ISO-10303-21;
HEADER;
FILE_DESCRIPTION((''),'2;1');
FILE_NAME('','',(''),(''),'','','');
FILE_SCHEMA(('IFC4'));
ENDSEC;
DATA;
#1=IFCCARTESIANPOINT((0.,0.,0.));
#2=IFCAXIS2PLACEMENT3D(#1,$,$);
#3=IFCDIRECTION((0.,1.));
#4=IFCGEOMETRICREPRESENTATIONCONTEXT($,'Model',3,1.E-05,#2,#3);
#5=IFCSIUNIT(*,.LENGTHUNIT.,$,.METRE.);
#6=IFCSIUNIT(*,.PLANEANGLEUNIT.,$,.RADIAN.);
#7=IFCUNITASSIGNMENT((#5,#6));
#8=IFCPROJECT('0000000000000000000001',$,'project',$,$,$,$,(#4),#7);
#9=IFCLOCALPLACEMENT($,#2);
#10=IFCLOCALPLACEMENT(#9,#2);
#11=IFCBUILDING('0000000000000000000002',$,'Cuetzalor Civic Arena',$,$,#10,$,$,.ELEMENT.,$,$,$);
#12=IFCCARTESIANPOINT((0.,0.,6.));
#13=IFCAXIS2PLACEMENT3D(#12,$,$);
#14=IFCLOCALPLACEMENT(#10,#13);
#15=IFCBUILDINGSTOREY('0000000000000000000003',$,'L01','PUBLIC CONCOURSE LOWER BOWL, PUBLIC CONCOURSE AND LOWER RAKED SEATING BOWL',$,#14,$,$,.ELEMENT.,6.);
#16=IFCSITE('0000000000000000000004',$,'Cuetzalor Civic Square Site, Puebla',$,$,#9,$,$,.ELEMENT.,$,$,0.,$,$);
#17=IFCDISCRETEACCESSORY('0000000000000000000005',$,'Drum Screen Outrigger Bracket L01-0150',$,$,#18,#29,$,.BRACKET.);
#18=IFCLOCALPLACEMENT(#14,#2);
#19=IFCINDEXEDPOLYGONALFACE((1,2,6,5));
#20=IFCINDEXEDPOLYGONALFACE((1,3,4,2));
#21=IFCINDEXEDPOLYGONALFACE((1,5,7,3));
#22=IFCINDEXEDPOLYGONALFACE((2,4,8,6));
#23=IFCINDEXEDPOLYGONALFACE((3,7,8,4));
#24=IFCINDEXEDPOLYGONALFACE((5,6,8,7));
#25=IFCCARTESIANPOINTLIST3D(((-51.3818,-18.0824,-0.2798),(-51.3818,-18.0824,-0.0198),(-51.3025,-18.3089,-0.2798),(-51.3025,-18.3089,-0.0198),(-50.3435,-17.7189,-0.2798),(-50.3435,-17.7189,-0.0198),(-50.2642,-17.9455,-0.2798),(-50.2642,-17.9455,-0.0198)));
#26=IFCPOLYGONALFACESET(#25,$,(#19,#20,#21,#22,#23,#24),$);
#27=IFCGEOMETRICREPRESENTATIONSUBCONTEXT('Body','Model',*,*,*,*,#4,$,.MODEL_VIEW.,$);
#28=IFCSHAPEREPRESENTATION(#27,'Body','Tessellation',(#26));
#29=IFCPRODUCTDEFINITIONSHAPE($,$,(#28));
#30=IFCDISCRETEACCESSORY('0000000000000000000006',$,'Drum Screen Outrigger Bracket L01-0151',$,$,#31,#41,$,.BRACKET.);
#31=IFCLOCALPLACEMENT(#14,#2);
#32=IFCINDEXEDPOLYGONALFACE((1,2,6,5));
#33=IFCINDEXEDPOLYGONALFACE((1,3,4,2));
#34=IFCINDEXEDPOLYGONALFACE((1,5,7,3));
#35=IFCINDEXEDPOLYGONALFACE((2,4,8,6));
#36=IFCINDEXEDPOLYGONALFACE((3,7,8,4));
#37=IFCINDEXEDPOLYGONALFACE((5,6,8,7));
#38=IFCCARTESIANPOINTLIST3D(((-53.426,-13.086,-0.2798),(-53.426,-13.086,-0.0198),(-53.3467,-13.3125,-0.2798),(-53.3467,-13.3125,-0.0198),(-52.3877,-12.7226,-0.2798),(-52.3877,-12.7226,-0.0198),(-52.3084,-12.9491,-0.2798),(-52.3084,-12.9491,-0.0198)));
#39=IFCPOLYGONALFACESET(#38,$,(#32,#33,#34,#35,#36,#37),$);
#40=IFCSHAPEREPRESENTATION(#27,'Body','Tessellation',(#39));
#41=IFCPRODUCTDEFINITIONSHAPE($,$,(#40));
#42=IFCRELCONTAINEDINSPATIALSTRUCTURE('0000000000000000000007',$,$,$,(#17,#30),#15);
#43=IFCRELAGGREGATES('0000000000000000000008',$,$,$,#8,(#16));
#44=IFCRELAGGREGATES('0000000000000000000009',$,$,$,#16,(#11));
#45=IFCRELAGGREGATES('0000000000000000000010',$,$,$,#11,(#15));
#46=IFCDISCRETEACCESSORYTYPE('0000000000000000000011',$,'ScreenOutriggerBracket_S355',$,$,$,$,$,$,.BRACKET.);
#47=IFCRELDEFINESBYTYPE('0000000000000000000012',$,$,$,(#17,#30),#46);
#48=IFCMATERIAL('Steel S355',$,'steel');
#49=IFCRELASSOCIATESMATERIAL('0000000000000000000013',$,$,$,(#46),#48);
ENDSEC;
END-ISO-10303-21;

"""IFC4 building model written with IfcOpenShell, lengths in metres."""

from ifc_helpers import new_model, si_unit, direction, frame, origin, origin_2d, place, context, subcontext, project, spatial, rectangle, extrude, material, type_object, element, save


model = new_model("IFC4")

# Units and contexts
model_context = context("Model", 3, precision=1e-05, world=origin(), true_north=direction((0.0, 1.0)))
body_context = subcontext(model_context, "Body", "Model", "MODEL_VIEW")
ifc_project = project(units=[si_unit("LENGTHUNIT", "METRE"), si_unit("PLANEANGLEUNIT", "RADIAN")], contexts=[model_context])

# Site, building, storey
site_placement = place(None, origin())
site = spatial("IfcSite", under=ifc_project, at=site_placement, Name="Cuetzalor Civic Square Site, Puebla", CompositionType="ELEMENT", RefElevation=0.0)
building_placement = place(site_placement, origin())
building = spatial("IfcBuilding", under=site, at=building_placement, Name="Cuetzalor Civic Arena", CompositionType="ELEMENT")
storey_placement = place(building_placement, frame((0.0, 0.0, 6.0)))
storey = spatial("IfcBuildingStorey", under=building, at=storey_placement, Name="L01", Description="PUBLIC CONCOURSE LOWER BOWL, PUBLIC CONCOURSE AND LOWER RAKED SEATING BOWL", CompositionType="ELEMENT", Elevation=6.0)

# Discrete accessories
ifc_material_1 = material(Name="Steel S355", Category="steel")
discrete_accessory_type = type_object("IfcDiscreteAccessoryType", Name="ScreenOutriggerBracket_S355", PredefinedType="BRACKET", material=ifc_material_1)
for number, where, z_axis, x_axis, name in (
    (1, (-50.823, -18.0139, -0.2798), (0.0, 0.0, 1.0), (-0.943859, -0.33035, 0.0), "Drum Screen Outrigger Bracket L01-0150"),
    (2, (-52.8672, -13.0176, -0.2798), (0.0, 0.0, 1.0), (-0.943859, -0.33035, 0.0), "Drum Screen Outrigger Bracket L01-0151"),
):
    element("IfcDiscreteAccessory", number, at=place(storey_placement, frame(where, z_axis=z_axis, x_axis=x_axis)), inside=storey, type_object=discrete_accessory_type, Name=name, PredefinedType="BRACKET", context=body_context, shape_type="SweptSolid", body=[
        extrude(rectangle(XDim=1.1001, YDim=0.24, at=origin_2d()), origin(), (0.0, 0.0, 1.0), 0.26),
    ])

save(model, "model.ifc")
